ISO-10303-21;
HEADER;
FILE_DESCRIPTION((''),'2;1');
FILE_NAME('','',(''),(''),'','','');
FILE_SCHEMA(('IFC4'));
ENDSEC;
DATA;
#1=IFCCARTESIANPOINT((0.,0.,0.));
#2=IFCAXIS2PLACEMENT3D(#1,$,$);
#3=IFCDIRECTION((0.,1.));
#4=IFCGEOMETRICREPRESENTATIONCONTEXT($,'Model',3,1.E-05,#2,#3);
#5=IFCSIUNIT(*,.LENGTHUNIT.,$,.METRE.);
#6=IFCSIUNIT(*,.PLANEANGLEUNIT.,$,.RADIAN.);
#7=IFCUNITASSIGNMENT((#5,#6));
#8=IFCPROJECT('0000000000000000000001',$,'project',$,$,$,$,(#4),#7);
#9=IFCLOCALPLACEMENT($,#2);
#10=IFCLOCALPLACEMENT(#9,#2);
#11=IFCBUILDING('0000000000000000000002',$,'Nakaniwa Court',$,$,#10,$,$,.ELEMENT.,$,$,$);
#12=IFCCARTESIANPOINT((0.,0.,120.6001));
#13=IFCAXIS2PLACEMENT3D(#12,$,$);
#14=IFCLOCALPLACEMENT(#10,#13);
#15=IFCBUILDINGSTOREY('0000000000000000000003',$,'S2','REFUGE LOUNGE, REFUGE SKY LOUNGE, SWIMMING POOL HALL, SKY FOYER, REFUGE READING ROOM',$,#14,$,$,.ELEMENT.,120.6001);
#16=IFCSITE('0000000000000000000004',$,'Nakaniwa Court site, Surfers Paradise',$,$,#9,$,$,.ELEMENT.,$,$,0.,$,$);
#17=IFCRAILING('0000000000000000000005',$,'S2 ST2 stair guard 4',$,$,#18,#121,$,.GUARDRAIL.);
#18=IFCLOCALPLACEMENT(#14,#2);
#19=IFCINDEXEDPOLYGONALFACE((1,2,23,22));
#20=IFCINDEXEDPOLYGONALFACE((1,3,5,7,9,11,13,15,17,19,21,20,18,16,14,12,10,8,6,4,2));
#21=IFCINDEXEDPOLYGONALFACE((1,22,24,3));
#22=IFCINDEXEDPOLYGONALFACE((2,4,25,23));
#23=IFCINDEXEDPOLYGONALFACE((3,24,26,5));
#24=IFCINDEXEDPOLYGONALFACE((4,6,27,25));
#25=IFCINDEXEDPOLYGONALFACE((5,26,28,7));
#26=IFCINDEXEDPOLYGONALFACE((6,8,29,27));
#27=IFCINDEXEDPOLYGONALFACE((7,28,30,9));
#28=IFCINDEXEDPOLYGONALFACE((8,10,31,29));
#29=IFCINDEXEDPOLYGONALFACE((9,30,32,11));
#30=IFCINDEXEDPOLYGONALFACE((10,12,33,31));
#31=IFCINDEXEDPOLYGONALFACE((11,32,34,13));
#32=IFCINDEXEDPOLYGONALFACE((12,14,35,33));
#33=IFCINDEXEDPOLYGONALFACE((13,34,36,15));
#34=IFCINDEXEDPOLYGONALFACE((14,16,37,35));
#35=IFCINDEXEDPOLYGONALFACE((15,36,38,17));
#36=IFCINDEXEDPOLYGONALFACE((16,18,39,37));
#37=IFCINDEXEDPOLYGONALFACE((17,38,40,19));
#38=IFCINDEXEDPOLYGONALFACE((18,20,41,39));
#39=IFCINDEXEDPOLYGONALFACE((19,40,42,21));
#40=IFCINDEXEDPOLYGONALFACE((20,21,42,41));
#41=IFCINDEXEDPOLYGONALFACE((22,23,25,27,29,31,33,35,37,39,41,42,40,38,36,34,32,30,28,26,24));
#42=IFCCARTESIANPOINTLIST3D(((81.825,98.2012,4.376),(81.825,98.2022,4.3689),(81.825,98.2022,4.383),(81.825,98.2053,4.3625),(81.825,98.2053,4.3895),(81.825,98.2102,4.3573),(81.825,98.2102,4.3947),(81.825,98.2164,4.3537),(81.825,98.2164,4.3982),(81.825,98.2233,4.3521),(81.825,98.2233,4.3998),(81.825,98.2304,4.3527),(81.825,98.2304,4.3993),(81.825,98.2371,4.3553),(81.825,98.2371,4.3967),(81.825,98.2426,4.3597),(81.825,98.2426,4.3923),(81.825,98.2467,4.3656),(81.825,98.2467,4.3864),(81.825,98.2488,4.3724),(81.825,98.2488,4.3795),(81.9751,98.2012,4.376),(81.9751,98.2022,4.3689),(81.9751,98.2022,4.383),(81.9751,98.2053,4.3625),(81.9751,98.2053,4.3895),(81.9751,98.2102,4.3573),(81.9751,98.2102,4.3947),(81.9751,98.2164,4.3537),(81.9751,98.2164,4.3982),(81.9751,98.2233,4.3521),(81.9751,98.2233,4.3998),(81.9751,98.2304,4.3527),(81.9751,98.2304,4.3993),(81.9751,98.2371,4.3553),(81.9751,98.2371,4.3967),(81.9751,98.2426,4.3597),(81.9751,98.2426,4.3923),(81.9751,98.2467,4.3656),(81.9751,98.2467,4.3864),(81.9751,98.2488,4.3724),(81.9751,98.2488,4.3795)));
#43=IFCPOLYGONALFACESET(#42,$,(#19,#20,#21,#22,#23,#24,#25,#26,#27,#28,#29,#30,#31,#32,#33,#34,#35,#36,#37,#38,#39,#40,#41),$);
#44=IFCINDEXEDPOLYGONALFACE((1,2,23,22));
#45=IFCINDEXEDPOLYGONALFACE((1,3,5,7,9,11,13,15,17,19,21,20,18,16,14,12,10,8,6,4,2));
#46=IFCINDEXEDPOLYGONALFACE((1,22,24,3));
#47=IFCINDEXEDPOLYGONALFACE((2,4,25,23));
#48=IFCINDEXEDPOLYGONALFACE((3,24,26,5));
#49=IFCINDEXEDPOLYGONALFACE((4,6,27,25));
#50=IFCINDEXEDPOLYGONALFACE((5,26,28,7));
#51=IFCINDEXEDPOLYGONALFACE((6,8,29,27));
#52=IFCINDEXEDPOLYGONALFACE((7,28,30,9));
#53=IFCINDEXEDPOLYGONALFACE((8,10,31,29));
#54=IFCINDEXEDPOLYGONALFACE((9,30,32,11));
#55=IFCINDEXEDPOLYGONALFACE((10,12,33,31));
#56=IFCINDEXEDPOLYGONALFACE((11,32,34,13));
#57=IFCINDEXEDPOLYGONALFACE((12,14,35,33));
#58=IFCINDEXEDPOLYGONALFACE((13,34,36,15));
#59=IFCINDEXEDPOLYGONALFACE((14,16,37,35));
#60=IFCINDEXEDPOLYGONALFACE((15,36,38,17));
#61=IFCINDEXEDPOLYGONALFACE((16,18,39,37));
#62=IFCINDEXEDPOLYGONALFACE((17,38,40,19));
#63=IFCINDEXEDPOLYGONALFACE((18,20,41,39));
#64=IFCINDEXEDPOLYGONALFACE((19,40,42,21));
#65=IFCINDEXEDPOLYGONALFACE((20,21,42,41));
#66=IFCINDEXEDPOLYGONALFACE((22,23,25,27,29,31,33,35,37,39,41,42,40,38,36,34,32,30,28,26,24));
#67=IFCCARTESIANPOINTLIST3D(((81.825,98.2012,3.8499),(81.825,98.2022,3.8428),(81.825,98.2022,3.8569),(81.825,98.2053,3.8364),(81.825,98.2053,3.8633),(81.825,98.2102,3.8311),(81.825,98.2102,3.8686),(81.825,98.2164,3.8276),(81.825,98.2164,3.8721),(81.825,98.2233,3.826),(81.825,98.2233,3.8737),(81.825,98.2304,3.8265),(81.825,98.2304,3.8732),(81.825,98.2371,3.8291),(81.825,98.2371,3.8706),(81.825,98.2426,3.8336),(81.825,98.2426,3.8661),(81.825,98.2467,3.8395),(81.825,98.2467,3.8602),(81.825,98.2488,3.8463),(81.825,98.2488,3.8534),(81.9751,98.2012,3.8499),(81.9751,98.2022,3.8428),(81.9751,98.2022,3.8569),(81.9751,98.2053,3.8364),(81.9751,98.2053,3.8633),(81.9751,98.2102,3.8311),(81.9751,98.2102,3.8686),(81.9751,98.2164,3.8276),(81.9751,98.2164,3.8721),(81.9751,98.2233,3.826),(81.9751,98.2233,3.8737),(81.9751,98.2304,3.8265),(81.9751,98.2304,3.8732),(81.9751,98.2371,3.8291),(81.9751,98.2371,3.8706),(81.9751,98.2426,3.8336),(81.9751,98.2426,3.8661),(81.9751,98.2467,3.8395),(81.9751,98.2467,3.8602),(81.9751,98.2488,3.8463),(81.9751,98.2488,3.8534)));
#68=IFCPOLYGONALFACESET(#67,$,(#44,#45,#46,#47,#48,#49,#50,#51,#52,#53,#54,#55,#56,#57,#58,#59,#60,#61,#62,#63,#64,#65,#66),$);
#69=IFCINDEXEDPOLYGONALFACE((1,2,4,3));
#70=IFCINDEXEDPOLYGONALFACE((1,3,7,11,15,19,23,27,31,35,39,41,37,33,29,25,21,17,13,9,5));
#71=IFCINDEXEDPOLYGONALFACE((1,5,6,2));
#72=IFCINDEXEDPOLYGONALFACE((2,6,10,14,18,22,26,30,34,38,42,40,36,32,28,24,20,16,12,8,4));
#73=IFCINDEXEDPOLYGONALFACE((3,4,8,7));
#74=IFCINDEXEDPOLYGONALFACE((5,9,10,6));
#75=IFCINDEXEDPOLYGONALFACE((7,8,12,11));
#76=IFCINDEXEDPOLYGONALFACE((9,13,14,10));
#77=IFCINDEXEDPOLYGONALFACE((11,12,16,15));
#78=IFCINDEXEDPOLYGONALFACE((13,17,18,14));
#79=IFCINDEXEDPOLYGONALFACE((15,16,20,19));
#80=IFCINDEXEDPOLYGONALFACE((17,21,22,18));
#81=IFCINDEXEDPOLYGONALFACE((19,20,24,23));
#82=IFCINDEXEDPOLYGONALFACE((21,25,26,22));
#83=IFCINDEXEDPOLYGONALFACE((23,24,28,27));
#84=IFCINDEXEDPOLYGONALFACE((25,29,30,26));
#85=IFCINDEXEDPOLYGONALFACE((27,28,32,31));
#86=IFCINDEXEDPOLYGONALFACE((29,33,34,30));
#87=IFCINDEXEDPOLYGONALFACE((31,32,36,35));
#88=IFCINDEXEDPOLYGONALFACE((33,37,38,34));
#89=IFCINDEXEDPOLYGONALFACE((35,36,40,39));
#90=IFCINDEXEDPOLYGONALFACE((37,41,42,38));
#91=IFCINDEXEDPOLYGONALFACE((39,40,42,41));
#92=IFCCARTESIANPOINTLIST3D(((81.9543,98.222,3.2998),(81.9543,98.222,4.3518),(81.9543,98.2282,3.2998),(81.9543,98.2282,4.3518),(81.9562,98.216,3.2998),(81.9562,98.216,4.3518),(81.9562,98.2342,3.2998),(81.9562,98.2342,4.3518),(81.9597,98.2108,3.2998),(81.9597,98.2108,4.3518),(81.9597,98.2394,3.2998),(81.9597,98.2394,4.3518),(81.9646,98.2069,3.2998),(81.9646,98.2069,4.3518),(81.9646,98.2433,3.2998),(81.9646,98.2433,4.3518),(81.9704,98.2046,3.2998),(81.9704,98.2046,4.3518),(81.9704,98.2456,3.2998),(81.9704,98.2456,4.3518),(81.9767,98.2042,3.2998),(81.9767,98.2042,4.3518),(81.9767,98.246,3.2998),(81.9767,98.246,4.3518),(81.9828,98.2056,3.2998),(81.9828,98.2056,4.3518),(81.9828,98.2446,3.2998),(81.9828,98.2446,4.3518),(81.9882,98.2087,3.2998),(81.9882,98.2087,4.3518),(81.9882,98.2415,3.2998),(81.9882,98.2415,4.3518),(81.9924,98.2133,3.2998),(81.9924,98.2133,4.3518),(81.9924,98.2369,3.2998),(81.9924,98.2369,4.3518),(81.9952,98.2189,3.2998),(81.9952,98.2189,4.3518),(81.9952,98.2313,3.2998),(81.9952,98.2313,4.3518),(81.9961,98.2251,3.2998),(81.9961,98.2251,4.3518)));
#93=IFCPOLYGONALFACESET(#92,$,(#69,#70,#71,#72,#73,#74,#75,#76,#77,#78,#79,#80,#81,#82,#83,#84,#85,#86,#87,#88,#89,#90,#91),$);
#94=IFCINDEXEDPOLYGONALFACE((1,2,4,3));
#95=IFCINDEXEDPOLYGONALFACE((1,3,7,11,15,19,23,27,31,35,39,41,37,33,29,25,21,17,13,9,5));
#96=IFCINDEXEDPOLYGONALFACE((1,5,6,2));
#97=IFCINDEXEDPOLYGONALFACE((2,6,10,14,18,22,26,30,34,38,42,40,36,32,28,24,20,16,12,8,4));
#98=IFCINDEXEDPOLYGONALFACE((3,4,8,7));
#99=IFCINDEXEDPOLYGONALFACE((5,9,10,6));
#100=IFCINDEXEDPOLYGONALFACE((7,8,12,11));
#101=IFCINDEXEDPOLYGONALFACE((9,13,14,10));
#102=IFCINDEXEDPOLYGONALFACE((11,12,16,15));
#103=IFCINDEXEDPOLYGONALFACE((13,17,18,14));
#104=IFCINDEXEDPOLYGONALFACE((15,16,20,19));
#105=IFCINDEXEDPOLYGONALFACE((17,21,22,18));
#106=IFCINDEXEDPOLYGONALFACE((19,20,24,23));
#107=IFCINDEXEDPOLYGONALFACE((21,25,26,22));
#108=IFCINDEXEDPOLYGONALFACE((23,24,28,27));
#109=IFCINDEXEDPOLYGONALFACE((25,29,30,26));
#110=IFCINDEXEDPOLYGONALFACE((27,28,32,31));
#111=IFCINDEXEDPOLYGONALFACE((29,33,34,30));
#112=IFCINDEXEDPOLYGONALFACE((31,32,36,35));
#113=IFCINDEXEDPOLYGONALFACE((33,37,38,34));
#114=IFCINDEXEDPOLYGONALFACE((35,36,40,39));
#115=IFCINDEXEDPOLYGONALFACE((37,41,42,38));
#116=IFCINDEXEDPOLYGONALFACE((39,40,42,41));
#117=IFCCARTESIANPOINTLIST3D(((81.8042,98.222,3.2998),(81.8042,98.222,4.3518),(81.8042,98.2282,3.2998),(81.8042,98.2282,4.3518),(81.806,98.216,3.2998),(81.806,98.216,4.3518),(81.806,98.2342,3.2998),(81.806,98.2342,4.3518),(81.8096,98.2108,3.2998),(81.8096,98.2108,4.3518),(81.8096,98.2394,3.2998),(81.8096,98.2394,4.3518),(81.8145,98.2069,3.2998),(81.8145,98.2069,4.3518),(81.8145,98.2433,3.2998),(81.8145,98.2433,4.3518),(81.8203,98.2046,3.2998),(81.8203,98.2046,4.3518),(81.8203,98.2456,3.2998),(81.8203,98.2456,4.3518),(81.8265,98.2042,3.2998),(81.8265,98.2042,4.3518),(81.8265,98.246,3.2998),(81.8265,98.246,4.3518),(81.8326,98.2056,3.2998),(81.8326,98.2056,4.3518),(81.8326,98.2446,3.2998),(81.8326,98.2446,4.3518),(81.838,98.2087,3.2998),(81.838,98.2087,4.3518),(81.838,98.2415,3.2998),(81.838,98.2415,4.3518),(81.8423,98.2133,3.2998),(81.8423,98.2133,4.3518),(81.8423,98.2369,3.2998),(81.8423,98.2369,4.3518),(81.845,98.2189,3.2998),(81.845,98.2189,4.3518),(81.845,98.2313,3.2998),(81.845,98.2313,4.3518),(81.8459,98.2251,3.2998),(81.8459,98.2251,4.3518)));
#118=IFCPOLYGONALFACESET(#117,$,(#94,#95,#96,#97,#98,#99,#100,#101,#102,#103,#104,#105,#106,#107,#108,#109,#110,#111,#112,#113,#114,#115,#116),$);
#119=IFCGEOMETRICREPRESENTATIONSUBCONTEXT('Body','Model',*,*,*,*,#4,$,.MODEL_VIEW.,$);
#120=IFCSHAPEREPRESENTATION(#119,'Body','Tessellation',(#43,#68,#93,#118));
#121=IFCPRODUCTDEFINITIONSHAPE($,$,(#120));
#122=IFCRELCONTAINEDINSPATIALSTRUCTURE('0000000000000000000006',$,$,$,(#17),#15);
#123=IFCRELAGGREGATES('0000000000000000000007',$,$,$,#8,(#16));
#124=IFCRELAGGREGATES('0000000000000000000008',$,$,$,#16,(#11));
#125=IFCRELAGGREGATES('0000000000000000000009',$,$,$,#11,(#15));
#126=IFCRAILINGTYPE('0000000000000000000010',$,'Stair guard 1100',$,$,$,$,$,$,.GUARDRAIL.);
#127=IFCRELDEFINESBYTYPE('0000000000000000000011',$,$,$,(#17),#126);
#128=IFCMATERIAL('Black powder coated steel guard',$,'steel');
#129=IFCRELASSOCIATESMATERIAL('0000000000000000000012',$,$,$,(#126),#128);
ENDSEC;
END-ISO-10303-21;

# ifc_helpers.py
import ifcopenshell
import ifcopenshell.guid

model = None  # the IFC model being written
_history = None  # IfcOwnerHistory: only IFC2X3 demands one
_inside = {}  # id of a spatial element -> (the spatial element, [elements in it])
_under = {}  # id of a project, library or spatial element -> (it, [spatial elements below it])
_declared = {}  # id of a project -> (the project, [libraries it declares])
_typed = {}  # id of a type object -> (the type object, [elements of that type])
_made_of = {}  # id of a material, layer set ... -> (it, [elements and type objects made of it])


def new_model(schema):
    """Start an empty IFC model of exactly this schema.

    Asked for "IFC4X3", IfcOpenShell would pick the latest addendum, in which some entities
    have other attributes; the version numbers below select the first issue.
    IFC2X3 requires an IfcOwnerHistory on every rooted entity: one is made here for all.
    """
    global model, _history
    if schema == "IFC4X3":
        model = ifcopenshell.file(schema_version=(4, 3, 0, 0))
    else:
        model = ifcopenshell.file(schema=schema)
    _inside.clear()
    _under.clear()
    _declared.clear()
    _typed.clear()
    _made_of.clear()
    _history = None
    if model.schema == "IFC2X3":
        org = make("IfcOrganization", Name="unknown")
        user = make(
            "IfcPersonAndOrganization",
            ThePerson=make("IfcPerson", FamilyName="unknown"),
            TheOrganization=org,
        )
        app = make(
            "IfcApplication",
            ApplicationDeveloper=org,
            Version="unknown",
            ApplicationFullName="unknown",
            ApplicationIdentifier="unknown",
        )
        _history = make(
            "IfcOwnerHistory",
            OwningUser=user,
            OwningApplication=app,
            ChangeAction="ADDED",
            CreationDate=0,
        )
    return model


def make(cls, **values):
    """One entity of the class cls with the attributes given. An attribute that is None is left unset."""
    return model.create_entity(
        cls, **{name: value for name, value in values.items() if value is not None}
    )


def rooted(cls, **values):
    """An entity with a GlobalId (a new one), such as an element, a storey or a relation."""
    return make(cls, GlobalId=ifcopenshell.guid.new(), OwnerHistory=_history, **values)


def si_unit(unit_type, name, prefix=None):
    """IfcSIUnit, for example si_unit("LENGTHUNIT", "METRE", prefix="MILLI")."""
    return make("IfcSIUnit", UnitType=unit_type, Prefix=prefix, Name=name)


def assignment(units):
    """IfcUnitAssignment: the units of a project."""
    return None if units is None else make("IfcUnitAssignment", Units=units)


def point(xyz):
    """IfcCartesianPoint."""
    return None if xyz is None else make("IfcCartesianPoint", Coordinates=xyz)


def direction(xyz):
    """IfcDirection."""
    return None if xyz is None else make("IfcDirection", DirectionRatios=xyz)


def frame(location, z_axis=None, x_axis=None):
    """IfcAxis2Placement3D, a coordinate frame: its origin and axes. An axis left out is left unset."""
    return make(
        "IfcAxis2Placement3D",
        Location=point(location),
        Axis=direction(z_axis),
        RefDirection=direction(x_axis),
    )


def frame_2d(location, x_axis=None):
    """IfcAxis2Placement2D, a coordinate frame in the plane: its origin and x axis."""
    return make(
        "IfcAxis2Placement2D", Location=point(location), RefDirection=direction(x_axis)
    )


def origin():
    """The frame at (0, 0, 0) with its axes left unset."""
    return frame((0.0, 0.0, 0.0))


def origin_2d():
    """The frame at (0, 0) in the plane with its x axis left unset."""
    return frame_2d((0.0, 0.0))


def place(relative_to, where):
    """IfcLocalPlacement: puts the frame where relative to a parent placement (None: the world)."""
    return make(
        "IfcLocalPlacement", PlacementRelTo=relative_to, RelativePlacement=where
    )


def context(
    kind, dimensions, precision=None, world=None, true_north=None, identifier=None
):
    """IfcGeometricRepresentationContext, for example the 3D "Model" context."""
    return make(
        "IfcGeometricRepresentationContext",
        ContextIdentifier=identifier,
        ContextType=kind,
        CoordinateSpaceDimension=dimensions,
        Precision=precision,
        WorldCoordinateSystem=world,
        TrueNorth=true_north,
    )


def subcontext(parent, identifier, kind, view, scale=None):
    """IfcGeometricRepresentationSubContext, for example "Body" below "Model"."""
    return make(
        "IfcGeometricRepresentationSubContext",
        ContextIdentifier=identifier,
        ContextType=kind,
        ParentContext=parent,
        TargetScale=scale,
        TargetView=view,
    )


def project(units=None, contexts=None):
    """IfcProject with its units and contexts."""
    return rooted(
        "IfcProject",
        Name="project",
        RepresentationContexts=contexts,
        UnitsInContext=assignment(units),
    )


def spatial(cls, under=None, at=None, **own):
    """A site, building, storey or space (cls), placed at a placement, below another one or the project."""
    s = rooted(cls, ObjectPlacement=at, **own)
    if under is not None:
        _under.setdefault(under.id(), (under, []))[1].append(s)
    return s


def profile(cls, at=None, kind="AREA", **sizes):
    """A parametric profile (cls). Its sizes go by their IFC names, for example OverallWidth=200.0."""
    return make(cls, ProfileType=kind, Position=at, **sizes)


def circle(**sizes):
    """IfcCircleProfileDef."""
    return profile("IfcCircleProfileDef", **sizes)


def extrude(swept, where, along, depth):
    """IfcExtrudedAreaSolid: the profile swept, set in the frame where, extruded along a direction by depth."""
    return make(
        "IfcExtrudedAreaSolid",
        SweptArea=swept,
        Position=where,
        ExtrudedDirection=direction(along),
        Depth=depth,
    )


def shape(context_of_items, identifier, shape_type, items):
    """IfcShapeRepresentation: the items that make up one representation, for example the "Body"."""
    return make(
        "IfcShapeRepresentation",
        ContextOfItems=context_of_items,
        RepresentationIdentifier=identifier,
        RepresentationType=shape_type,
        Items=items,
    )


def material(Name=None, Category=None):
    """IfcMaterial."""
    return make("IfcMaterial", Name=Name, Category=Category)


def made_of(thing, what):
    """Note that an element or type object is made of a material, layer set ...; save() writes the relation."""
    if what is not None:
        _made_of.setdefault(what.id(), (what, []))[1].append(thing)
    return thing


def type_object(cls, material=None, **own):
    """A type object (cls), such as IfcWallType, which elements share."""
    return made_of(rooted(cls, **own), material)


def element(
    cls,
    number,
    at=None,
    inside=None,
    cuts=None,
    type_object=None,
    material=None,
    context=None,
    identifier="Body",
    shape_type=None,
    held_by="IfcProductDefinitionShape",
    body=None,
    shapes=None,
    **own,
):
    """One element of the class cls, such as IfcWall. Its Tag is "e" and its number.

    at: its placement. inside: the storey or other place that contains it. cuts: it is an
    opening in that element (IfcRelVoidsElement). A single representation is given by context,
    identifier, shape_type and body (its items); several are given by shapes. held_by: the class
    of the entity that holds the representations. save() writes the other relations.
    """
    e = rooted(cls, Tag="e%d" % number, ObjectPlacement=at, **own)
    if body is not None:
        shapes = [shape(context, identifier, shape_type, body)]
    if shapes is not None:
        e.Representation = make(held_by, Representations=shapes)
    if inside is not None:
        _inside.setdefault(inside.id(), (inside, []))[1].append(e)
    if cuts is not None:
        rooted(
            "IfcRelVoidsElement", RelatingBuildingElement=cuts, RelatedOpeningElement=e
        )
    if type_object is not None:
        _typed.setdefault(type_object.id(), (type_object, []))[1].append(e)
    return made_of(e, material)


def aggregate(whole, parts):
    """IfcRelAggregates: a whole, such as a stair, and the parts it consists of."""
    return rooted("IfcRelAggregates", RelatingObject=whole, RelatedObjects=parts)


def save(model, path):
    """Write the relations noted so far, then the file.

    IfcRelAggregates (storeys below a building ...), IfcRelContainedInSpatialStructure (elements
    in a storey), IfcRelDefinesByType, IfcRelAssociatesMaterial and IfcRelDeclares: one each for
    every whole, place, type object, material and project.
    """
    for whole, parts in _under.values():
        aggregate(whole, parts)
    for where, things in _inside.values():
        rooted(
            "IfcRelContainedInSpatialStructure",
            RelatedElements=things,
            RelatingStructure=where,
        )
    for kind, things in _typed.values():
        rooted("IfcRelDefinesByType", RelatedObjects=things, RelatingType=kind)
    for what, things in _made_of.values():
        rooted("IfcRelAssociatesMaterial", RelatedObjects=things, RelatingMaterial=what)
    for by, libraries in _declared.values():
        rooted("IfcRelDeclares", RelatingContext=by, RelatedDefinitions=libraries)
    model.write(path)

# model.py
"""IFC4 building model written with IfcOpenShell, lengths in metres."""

from ifc_helpers import new_model, si_unit, direction, frame, origin, origin_2d, place, context, subcontext, project, spatial, circle, extrude, material, type_object, element, save


model = new_model("IFC4")

# Units and contexts
model_context = context("Model", 3, precision=1e-05, world=origin(), true_north=direction((0.0, 1.0)))
body_context = subcontext(model_context, "Body", "Model", "MODEL_VIEW")
ifc_project = project(units=[si_unit("LENGTHUNIT", "METRE"), si_unit("PLANEANGLEUNIT", "RADIAN")], contexts=[model_context])

# Site, building, storey
site_placement = place(None, origin())
site = spatial("IfcSite", under=ifc_project, at=site_placement, Name="Nakaniwa Court site, Surfers Paradise", CompositionType="ELEMENT", RefElevation=0.0)
building_placement = place(site_placement, origin())
building = spatial("IfcBuilding", under=site, at=building_placement, Name="Nakaniwa Court", CompositionType="ELEMENT")
storey_placement = place(building_placement, frame((0.0, 0.0, 120.6001)))
storey = spatial("IfcBuildingStorey", under=building, at=storey_placement, Name="S2", Description="REFUGE LOUNGE, REFUGE SKY LOUNGE, SWIMMING POOL HALL, SKY FOYER, REFUGE READING ROOM", CompositionType="ELEMENT", Elevation=120.6001)

# Railing
ifc_material_1 = material(Name="Black powder coated steel guard", Category="steel")
railing_type_1 = type_object("IfcRailingType", Name="Stair guard 1100", PredefinedType="GUARDRAIL", material=ifc_material_1)
railing_1_placement = place(storey_placement, frame((81.9751, 98.2251, 3.2998)))
element("IfcRailing", 1, at=railing_1_placement, inside=storey, type_object=railing_type_1, Name="S2 ST2 stair guard 4", PredefinedType="GUARDRAIL", context=body_context, shape_type="SweptSolid", body=[
    extrude(circle(Radius=0.0239, at=origin_2d()), frame((0.0, 0.0, 1.0762), z_axis=(-1.0, 0.0, 0.0), x_axis=(0.0, -1.0, 0.0)), (0.0, 0.0, 1.0), 0.1501),
    extrude(circle(Radius=0.0239, at=origin_2d()), frame((0.0, 0.0, 0.55), z_axis=(-1.0, 0.0, 0.0), x_axis=(0.0, -1.0, 0.0)), (0.0, 0.0, 1.0), 0.1501),
    extrude(circle(Radius=0.021, at=origin_2d()), origin(), (0.0, 0.0, 1.0), 1.052),
    extrude(circle(Radius=0.021, at=origin_2d()), frame((-0.1501, 0.0, 0.0)), (0.0, 0.0, 1.0), 1.052),
])

save(model, "model.ifc")
